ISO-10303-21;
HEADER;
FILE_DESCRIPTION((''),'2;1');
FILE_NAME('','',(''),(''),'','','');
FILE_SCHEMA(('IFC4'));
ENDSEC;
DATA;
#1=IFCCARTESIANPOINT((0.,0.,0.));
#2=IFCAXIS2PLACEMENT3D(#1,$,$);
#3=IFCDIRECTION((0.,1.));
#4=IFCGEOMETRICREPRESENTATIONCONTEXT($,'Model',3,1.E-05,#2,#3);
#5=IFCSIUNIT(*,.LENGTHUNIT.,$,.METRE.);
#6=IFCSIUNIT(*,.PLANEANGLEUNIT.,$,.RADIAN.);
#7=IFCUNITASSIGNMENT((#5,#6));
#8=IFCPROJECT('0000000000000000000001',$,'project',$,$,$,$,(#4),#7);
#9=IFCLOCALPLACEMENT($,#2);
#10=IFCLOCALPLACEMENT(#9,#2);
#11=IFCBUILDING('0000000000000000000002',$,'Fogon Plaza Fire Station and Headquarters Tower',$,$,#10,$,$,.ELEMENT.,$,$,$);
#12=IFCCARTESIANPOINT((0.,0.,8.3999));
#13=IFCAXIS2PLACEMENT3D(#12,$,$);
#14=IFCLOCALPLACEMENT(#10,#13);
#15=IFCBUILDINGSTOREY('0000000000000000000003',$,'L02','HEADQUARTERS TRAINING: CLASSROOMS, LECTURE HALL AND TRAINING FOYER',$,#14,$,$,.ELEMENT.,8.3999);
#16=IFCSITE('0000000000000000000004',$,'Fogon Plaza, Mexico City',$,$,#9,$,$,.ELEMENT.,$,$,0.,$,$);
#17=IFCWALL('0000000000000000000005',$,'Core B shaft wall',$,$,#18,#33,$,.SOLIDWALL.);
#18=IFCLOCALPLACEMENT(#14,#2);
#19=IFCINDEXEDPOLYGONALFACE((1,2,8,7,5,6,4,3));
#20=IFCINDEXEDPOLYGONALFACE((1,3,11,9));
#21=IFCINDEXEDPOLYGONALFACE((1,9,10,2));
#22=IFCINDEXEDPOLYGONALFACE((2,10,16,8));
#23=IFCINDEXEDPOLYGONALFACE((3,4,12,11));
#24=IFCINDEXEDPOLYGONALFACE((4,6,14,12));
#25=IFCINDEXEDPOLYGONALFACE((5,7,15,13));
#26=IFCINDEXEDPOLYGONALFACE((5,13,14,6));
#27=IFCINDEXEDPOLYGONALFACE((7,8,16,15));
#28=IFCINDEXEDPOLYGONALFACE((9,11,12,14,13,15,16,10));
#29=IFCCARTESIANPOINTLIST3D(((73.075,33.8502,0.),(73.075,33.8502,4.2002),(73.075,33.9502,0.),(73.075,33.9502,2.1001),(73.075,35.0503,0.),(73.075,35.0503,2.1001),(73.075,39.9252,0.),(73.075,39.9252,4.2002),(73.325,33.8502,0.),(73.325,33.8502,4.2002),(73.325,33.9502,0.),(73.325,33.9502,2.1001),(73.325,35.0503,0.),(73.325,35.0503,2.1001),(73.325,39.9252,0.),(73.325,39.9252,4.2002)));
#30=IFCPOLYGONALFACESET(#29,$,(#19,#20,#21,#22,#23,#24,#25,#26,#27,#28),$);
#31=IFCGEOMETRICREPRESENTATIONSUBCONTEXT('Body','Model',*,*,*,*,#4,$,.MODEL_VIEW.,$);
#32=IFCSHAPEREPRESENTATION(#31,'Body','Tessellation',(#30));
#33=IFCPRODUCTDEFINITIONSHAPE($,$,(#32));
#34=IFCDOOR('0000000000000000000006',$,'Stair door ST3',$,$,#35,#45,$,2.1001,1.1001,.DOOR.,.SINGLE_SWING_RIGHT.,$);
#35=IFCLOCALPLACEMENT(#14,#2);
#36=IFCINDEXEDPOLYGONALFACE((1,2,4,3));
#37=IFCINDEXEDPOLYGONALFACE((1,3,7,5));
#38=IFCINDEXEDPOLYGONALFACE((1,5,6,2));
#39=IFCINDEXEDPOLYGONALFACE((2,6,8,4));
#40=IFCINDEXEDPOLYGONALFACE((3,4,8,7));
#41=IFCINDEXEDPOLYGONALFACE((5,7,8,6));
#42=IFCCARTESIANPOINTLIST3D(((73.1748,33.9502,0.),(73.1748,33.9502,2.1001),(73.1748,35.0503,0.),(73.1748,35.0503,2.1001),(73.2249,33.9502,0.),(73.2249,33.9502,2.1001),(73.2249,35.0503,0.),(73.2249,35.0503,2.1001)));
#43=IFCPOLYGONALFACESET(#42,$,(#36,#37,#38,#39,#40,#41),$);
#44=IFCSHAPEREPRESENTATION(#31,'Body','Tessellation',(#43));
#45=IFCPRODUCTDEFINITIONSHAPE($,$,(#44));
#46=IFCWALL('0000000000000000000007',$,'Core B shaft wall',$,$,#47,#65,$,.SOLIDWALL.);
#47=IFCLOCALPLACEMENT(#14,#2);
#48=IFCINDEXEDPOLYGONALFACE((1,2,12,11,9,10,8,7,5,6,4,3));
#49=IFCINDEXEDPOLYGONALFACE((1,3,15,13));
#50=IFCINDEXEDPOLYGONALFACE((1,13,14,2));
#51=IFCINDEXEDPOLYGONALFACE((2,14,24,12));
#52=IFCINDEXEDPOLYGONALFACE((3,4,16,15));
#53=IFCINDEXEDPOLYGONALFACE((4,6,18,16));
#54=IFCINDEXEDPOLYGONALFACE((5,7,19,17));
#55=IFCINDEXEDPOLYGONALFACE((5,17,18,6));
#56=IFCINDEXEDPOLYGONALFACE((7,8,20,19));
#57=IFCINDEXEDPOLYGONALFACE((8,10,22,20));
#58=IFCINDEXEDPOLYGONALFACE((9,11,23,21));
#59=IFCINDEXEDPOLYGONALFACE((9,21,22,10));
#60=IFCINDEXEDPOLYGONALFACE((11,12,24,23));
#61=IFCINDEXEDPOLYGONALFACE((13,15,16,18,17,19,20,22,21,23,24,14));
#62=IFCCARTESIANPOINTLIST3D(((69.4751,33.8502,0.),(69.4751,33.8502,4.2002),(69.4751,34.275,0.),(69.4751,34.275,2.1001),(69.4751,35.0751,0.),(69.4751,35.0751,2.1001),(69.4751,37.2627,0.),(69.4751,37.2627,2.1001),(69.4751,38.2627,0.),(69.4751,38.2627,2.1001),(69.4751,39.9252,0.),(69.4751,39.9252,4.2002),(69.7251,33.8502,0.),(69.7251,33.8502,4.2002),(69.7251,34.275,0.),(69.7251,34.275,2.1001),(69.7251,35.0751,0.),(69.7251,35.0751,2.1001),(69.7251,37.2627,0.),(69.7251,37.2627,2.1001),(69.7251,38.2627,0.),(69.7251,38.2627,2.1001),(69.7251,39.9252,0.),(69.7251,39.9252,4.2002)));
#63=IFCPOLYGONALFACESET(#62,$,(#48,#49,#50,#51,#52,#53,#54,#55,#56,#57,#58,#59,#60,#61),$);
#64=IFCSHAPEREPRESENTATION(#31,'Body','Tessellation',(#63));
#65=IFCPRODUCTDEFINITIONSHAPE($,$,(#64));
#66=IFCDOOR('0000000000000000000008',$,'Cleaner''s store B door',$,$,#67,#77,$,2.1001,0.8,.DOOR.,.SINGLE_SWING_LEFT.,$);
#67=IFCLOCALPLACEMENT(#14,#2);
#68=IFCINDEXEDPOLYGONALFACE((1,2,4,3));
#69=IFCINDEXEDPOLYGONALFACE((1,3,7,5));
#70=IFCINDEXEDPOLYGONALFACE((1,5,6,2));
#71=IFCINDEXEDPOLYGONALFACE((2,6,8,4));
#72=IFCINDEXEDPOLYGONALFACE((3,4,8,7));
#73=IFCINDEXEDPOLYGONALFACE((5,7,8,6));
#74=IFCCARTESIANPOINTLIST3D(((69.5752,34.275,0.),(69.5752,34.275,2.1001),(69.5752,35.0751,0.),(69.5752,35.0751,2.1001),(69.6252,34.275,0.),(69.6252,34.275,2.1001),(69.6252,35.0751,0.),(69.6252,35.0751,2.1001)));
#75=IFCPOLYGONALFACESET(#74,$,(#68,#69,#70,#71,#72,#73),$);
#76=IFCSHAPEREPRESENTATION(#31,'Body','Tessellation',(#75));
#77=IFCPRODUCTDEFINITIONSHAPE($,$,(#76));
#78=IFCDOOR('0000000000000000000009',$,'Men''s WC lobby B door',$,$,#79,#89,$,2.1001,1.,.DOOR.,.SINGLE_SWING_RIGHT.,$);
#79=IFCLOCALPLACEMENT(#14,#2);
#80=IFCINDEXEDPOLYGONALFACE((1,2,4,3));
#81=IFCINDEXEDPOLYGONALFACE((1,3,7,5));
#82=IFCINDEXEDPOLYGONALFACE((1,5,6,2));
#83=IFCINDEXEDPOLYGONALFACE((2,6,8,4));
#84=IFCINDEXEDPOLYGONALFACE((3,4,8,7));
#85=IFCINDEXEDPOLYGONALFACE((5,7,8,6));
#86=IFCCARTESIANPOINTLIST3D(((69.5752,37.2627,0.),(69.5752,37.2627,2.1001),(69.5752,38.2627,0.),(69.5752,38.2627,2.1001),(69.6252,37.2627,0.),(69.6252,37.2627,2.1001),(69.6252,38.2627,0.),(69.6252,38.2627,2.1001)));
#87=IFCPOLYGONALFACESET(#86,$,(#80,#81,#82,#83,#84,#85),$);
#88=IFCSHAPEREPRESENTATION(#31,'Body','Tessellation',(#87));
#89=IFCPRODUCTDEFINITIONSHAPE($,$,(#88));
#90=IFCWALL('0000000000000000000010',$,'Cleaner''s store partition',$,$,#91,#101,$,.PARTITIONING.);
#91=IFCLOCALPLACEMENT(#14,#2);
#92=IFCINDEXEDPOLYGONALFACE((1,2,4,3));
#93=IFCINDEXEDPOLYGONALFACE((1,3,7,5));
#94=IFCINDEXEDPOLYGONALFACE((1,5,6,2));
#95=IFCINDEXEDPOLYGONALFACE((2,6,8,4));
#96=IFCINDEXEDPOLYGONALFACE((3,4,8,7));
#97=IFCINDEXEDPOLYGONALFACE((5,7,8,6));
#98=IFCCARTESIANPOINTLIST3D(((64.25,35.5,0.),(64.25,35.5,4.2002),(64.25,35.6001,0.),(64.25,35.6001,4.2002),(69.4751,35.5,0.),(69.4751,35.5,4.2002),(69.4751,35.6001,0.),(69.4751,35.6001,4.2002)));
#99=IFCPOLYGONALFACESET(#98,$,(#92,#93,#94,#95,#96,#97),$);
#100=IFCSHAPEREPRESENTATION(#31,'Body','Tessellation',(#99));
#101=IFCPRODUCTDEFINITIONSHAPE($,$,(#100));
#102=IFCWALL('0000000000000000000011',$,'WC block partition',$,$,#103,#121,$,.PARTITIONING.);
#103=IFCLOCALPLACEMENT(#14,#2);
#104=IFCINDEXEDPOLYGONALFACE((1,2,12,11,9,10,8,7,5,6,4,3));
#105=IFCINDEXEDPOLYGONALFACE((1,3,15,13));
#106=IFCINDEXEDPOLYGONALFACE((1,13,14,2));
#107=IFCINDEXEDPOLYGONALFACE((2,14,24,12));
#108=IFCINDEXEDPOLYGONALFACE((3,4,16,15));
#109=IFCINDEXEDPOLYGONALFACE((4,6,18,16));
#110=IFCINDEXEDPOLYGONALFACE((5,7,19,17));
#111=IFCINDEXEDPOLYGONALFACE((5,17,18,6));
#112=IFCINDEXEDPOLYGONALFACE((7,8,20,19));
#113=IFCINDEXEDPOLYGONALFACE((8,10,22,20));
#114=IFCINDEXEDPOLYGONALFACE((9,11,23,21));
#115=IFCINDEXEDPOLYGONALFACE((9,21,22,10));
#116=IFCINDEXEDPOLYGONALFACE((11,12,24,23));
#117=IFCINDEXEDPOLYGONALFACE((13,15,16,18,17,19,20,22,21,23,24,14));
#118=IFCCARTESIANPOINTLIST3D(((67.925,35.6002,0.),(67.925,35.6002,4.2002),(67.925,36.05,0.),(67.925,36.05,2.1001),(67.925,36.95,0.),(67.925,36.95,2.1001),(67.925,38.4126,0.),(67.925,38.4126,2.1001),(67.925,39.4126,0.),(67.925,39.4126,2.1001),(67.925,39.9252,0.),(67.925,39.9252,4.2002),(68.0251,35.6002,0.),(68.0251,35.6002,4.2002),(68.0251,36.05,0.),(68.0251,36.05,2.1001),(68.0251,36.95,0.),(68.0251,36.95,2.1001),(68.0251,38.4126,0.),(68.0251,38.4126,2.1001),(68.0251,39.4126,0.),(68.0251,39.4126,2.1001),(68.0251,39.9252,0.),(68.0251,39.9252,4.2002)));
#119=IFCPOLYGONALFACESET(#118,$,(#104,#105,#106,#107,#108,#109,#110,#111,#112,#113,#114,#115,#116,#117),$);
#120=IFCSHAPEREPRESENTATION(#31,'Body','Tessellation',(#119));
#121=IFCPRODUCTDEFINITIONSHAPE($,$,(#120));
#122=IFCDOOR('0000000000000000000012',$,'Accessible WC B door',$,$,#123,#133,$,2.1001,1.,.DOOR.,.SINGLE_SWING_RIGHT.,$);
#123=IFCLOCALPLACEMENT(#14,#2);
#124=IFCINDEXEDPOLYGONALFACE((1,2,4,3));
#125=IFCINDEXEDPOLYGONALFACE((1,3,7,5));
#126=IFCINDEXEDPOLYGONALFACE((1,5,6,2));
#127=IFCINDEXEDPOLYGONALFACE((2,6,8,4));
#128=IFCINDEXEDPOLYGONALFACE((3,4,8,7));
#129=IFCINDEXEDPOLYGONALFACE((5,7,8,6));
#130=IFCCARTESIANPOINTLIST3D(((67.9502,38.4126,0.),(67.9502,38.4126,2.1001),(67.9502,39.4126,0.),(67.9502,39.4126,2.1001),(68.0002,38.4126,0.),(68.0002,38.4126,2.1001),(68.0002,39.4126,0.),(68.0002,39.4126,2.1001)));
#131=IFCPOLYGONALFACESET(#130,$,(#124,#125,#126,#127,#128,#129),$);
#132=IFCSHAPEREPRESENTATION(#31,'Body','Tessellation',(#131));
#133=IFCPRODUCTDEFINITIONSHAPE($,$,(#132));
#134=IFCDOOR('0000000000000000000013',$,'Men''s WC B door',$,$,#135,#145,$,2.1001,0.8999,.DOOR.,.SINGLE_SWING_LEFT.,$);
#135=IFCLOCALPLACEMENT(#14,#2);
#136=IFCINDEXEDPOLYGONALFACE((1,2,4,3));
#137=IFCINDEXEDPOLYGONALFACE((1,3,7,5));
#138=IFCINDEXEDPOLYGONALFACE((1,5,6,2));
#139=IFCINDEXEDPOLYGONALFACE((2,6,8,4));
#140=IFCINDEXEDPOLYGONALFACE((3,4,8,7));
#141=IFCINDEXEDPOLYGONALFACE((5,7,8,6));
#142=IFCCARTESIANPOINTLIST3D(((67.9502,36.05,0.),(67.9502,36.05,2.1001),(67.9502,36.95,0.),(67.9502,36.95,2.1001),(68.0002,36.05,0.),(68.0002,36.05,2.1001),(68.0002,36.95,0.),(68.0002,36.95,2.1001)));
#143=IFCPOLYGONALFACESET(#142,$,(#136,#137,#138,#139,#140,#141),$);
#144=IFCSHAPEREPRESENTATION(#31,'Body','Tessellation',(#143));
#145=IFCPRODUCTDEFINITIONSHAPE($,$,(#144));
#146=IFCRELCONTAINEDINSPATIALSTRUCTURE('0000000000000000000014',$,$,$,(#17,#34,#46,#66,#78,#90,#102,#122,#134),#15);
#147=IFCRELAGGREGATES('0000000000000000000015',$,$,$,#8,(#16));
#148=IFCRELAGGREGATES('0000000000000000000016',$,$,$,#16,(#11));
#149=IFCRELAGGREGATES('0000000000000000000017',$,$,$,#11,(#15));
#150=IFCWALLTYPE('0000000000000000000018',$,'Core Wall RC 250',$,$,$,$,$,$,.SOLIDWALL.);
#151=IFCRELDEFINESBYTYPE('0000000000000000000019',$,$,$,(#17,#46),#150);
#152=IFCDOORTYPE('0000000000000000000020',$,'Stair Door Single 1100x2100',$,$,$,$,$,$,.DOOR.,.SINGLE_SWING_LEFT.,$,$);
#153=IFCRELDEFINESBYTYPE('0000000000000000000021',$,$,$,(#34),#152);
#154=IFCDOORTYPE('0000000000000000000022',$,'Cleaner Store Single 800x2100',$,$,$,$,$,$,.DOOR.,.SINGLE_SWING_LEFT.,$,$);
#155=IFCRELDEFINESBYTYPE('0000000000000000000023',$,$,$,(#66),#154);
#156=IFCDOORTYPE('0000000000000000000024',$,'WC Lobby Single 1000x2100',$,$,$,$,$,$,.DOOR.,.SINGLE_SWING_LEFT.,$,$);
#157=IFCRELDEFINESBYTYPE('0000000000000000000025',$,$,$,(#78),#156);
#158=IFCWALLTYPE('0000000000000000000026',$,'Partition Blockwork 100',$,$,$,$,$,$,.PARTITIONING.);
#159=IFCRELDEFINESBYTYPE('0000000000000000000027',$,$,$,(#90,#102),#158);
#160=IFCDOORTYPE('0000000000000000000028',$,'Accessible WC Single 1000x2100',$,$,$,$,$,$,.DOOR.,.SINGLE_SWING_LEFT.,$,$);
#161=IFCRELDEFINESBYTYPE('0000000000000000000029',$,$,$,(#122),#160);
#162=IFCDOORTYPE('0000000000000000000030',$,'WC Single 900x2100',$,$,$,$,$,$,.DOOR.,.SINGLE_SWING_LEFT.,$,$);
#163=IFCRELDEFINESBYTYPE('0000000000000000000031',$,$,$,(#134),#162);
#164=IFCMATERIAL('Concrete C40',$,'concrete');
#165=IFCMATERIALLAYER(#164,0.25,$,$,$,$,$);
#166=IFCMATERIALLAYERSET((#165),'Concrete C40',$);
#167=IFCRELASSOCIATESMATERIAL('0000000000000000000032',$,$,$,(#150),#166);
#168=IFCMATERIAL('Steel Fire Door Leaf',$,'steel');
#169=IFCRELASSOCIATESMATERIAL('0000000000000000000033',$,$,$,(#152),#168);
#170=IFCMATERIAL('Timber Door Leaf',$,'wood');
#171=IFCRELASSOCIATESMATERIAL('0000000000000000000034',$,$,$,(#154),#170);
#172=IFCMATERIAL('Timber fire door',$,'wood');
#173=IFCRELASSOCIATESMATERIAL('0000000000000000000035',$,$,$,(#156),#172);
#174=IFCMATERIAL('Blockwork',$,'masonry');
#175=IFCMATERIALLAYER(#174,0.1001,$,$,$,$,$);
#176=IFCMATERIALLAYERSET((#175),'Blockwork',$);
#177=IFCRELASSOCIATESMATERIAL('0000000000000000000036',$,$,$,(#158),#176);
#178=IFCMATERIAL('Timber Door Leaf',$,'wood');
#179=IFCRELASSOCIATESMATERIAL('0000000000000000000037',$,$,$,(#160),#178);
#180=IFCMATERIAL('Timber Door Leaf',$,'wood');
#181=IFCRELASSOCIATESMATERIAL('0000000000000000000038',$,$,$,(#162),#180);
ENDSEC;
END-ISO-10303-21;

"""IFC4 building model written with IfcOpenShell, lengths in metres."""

from ifc_helpers import new_model, si_unit, direction, frame, frame_2d, origin, place, context, subcontext, project, spatial, rectangle, extrude, material, layer, layer_set, type_object, element, fill, save


model = new_model("IFC4")

# Units and contexts
model_context = context("Model", 3, precision=1e-05, world=origin(), true_north=direction((0.0, 1.0)))
body_context = subcontext(model_context, "Body", "Model", "MODEL_VIEW")
ifc_project = project(units=[si_unit("LENGTHUNIT", "METRE"), si_unit("PLANEANGLEUNIT", "RADIAN")], contexts=[model_context])

# Site, building, storey
site_placement = place(None, origin())
site = spatial("IfcSite", under=ifc_project, at=site_placement, Name="Fogon Plaza, Mexico City", CompositionType="ELEMENT", RefElevation=0.0)
building_placement = place(site_placement, origin())
building = spatial("IfcBuilding", under=site, at=building_placement, Name="Fogon Plaza Fire Station and Headquarters Tower", CompositionType="ELEMENT")
storey_placement = place(building_placement, frame((0.0, 0.0, 8.3999)))
storey = spatial("IfcBuildingStorey", under=building, at=storey_placement, Name="L02", Description="HEADQUARTERS TRAINING: CLASSROOMS, LECTURE HALL AND TRAINING FOYER", CompositionType="ELEMENT", Elevation=8.3999)

# Wall, opening, door
ifc_material_1 = material(Name="Concrete C40", Category="concrete")
ifc_layer_1 = layer(ifc_material_1, 0.25)
ifc_layer_set_1 = layer_set([ifc_layer_1], Name="Concrete C40")
wall_type_1 = type_object("IfcWallType", Name="Core Wall RC 250", PredefinedType="SOLIDWALL", material=ifc_layer_set_1)
wall_1_placement = place(storey_placement, frame((73.2, 33.8501, 0.0), z_axis=(0.0, 0.0, 1.0), x_axis=(0.0, 1.0, 0.0)))
wall_1 = element("IfcWall", 1, at=wall_1_placement, inside=storey, type_object=wall_type_1, Name="Core B shaft wall", PredefinedType="SOLIDWALL", context=body_context, shape_type="SweptSolid", body=[
    extrude(rectangle(XDim=6.075, YDim=0.25, at=frame_2d((3.0376, 0.0))), origin(), (0.0, 0.0, 1.0), 4.2002),
])
opening_1_placement = place(wall_1_placement, frame((0.1001, 0.0, 0.0)))
opening_1 = element("IfcOpeningElement", 2, at=opening_1_placement, cuts=wall_1, PredefinedType="OPENING", context=body_context, shape_type="SweptSolid", body=[
    extrude(rectangle(XDim=1.1001, YDim=2.1001, at=frame_2d((0.55, 1.05))), frame((0.0, 0.135, 0.0), z_axis=(0.0, -1.0, 0.0), x_axis=(1.0, 0.0, 0.0)), (0.0, 0.0, 1.0), 0.27),
])
ifc_material_2 = material(Name="Steel Fire Door Leaf", Category="steel")
door_type_1 = type_object("IfcDoorType", Name="Stair Door Single 1100x2100", OperationType="SINGLE_SWING_LEFT", PredefinedType="DOOR", material=ifc_material_2)
door_1_placement = place(opening_1_placement, frame((1.1001, 0.0, 0.0), z_axis=(0.0, 0.0, 1.0), x_axis=(-1.0, 0.0, 0.0)))
door_1 = element("IfcDoor", 3, at=door_1_placement, inside=storey, type_object=door_type_1, Name="Stair door ST3", OperationType="SINGLE_SWING_RIGHT", OverallHeight=2.1001, OverallWidth=1.1001, PredefinedType="DOOR", context=body_context, shape_type="SweptSolid", body=[
    extrude(rectangle(XDim=1.1001, YDim=2.1001, at=frame_2d((0.55, 1.05))), frame((0.0, 0.0249, 0.0), z_axis=(0.0, -1.0, 0.0), x_axis=(1.0, 0.0, 0.0)), (0.0, 0.0, 1.0), 0.05),
])
fill(opening_1, door_1)

# Wall, openings, doors
wall_2_placement = place(storey_placement, frame((69.6001, 33.8501, 0.0), z_axis=(0.0, 0.0, 1.0), x_axis=(0.0, 1.0, 0.0)))
wall_2 = element("IfcWall", 4, at=wall_2_placement, inside=storey, type_object=wall_type_1, Name="Core B shaft wall", PredefinedType="SOLIDWALL", context=body_context, shape_type="SweptSolid", body=[
    extrude(rectangle(XDim=6.075, YDim=0.25, at=frame_2d((3.0376, 0.0))), origin(), (0.0, 0.0, 1.0), 4.2002),
])
opening_2_placement = place(wall_2_placement, frame((0.425, 0.0, 0.0)))
opening_2 = element("IfcOpeningElement", 5, at=opening_2_placement, cuts=wall_2, PredefinedType="OPENING", context=body_context, shape_type="SweptSolid", body=[
    extrude(rectangle(XDim=0.8, YDim=2.1001, at=frame_2d((0.3999, 1.05))), frame((0.0, 0.135, 0.0), z_axis=(0.0, -1.0, 0.0), x_axis=(1.0, 0.0, 0.0)), (0.0, 0.0, 1.0), 0.27),
])
opening_3_placement = place(wall_2_placement, frame((3.4126, 0.0, 0.0)))
opening_3 = element("IfcOpeningElement", 6, at=opening_3_placement, cuts=wall_2, PredefinedType="OPENING", context=body_context, shape_type="SweptSolid", body=[
    extrude(rectangle(XDim=1.0, YDim=2.1001, at=frame_2d((0.5, 1.05))), frame((0.0, 0.135, 0.0), z_axis=(0.0, -1.0, 0.0), x_axis=(1.0, 0.0, 0.0)), (0.0, 0.0, 1.0), 0.27),
])
ifc_material_3 = material(Name="Timber Door Leaf", Category="wood")
door_type_2 = type_object("IfcDoorType", Name="Cleaner Store Single 800x2100", OperationType="SINGLE_SWING_LEFT", PredefinedType="DOOR", material=ifc_material_3)
door_2_placement = place(opening_2_placement, origin())
door_2 = element("IfcDoor", 7, at=door_2_placement, inside=storey, type_object=door_type_2, Name="Cleaner's store B door", OperationType="SINGLE_SWING_LEFT", OverallHeight=2.1001, OverallWidth=0.8, PredefinedType="DOOR", context=body_context, shape_type="SweptSolid", body=[
    extrude(rectangle(XDim=0.8, YDim=2.1001, at=frame_2d((0.3999, 1.05))), frame((0.0, 0.0249, 0.0), z_axis=(0.0, -1.0, 0.0), x_axis=(1.0, 0.0, 0.0)), (0.0, 0.0, 1.0), 0.05),
])
fill(opening_2, door_2)
ifc_material_4 = material(Name="Timber fire door", Category="wood")
door_type_3 = type_object("IfcDoorType", Name="WC Lobby Single 1000x2100", OperationType="SINGLE_SWING_LEFT", PredefinedType="DOOR", material=ifc_material_4)
door_3_placement = place(opening_3_placement, origin())
door_3 = element("IfcDoor", 8, at=door_3_placement, inside=storey, type_object=door_type_3, Name="Men's WC lobby B door", OperationType="SINGLE_SWING_RIGHT", OverallHeight=2.1001, OverallWidth=1.0, PredefinedType="DOOR", context=body_context, shape_type="SweptSolid", body=[
    extrude(rectangle(XDim=1.0, YDim=2.1001, at=frame_2d((0.5, 1.05))), frame((0.0, 0.0249, 0.0), z_axis=(0.0, -1.0, 0.0), x_axis=(1.0, 0.0, 0.0)), (0.0, 0.0, 1.0), 0.05),
])
fill(opening_3, door_3)

# Wall
ifc_material_5 = material(Name="Blockwork", Category="masonry")
ifc_layer_2 = layer(ifc_material_5, 0.1001)
ifc_layer_set_2 = layer_set([ifc_layer_2], Name="Blockwork")
wall_type_2 = type_object("IfcWallType", Name="Partition Blockwork 100", PredefinedType="PARTITIONING", material=ifc_layer_set_2)
wall_3_placement = place(storey_placement, frame((69.4751, 35.55, 0.0), z_axis=(0.0, 0.0, 1.0), x_axis=(-1.0, 0.0, 0.0)))
element("IfcWall", 9, at=wall_3_placement, inside=storey, type_object=wall_type_2, Name="Cleaner's store partition", PredefinedType="PARTITIONING", context=body_context, shape_type="SweptSolid", body=[
    extrude(rectangle(XDim=5.2251, YDim=0.1001, at=frame_2d((2.6125, 0.0))), origin(), (0.0, 0.0, 1.0), 4.2002),
])

# Wall, openings, doors
wall_4_placement = place(storey_placement, frame((67.9751, 35.6001, 0.0), z_axis=(0.0, 0.0, 1.0), x_axis=(0.0, 1.0, 0.0)))
wall_4 = element("IfcWall", 10, at=wall_4_placement, inside=storey, type_object=wall_type_2, Name="WC block partition", PredefinedType="PARTITIONING", context=body_context, shape_type="SweptSolid", body=[
    extrude(rectangle(XDim=4.325, YDim=0.1001, at=frame_2d((2.1626, 0.0))), origin(), (0.0, 0.0, 1.0), 4.2002),
])
opening_4_placement = place(wall_4_placement, frame((0.45, 0.0, 0.0)))
opening_4 = element("IfcOpeningElement", 11, at=opening_4_placement, cuts=wall_4, PredefinedType="OPENING", context=body_context, shape_type="SweptSolid", body=[
    extrude(rectangle(XDim=0.8999, YDim=2.1001, at=frame_2d((0.45, 1.05))), frame((0.0, 0.0601, 0.0), z_axis=(0.0, -1.0, 0.0), x_axis=(1.0, 0.0, 0.0)), (0.0, 0.0, 1.0), 0.1201),
])
opening_5_placement = place(wall_4_placement, frame((2.8125, 0.0, 0.0)))
opening_5 = element("IfcOpeningElement", 12, at=opening_5_placement, cuts=wall_4, PredefinedType="OPENING", context=body_context, shape_type="SweptSolid", body=[
    extrude(rectangle(XDim=1.0, YDim=2.1001, at=frame_2d((0.5, 1.05))), frame((0.0, 0.0601, 0.0), z_axis=(0.0, -1.0, 0.0), x_axis=(1.0, 0.0, 0.0)), (0.0, 0.0, 1.0), 0.1201),
])
ifc_material_6 = material(Name="Timber Door Leaf", Category="wood")
door_type_4 = type_object("IfcDoorType", Name="Accessible WC Single 1000x2100", OperationType="SINGLE_SWING_LEFT", PredefinedType="DOOR", material=ifc_material_6)
door_4_placement = place(opening_5_placement, origin())
door_4 = element("IfcDoor", 13, at=door_4_placement, inside=storey, type_object=door_type_4, Name="Accessible WC B door", OperationType="SINGLE_SWING_RIGHT", OverallHeight=2.1001, OverallWidth=1.0, PredefinedType="DOOR", context=body_context, shape_type="SweptSolid", body=[
    extrude(rectangle(XDim=1.0, YDim=2.1001, at=frame_2d((0.5, 1.05))), frame((0.0, 0.0249, 0.0), z_axis=(0.0, -1.0, 0.0), x_axis=(1.0, 0.0, 0.0)), (0.0, 0.0, 1.0), 0.05),
])
fill(opening_5, door_4)
ifc_material_7 = material(Name="Timber Door Leaf", Category="wood")
door_type_5 = type_object("IfcDoorType", Name="WC Single 900x2100", OperationType="SINGLE_SWING_LEFT", PredefinedType="DOOR", material=ifc_material_7)
door_5_placement = place(opening_4_placement, origin())
door_5 = element("IfcDoor", 14, at=door_5_placement, inside=storey, type_object=door_type_5, Name="Men's WC B door", OperationType="SINGLE_SWING_LEFT", OverallHeight=2.1001, OverallWidth=0.8999, PredefinedType="DOOR", context=body_context, shape_type="SweptSolid", body=[
    extrude(rectangle(XDim=0.8999, YDim=2.1001, at=frame_2d((0.45, 1.05))), frame((0.0, 0.0249, 0.0), z_axis=(0.0, -1.0, 0.0), x_axis=(1.0, 0.0, 0.0)), (0.0, 0.0, 1.0), 0.05),
])
fill(opening_4, door_5)

save(model, "model.ifc")
